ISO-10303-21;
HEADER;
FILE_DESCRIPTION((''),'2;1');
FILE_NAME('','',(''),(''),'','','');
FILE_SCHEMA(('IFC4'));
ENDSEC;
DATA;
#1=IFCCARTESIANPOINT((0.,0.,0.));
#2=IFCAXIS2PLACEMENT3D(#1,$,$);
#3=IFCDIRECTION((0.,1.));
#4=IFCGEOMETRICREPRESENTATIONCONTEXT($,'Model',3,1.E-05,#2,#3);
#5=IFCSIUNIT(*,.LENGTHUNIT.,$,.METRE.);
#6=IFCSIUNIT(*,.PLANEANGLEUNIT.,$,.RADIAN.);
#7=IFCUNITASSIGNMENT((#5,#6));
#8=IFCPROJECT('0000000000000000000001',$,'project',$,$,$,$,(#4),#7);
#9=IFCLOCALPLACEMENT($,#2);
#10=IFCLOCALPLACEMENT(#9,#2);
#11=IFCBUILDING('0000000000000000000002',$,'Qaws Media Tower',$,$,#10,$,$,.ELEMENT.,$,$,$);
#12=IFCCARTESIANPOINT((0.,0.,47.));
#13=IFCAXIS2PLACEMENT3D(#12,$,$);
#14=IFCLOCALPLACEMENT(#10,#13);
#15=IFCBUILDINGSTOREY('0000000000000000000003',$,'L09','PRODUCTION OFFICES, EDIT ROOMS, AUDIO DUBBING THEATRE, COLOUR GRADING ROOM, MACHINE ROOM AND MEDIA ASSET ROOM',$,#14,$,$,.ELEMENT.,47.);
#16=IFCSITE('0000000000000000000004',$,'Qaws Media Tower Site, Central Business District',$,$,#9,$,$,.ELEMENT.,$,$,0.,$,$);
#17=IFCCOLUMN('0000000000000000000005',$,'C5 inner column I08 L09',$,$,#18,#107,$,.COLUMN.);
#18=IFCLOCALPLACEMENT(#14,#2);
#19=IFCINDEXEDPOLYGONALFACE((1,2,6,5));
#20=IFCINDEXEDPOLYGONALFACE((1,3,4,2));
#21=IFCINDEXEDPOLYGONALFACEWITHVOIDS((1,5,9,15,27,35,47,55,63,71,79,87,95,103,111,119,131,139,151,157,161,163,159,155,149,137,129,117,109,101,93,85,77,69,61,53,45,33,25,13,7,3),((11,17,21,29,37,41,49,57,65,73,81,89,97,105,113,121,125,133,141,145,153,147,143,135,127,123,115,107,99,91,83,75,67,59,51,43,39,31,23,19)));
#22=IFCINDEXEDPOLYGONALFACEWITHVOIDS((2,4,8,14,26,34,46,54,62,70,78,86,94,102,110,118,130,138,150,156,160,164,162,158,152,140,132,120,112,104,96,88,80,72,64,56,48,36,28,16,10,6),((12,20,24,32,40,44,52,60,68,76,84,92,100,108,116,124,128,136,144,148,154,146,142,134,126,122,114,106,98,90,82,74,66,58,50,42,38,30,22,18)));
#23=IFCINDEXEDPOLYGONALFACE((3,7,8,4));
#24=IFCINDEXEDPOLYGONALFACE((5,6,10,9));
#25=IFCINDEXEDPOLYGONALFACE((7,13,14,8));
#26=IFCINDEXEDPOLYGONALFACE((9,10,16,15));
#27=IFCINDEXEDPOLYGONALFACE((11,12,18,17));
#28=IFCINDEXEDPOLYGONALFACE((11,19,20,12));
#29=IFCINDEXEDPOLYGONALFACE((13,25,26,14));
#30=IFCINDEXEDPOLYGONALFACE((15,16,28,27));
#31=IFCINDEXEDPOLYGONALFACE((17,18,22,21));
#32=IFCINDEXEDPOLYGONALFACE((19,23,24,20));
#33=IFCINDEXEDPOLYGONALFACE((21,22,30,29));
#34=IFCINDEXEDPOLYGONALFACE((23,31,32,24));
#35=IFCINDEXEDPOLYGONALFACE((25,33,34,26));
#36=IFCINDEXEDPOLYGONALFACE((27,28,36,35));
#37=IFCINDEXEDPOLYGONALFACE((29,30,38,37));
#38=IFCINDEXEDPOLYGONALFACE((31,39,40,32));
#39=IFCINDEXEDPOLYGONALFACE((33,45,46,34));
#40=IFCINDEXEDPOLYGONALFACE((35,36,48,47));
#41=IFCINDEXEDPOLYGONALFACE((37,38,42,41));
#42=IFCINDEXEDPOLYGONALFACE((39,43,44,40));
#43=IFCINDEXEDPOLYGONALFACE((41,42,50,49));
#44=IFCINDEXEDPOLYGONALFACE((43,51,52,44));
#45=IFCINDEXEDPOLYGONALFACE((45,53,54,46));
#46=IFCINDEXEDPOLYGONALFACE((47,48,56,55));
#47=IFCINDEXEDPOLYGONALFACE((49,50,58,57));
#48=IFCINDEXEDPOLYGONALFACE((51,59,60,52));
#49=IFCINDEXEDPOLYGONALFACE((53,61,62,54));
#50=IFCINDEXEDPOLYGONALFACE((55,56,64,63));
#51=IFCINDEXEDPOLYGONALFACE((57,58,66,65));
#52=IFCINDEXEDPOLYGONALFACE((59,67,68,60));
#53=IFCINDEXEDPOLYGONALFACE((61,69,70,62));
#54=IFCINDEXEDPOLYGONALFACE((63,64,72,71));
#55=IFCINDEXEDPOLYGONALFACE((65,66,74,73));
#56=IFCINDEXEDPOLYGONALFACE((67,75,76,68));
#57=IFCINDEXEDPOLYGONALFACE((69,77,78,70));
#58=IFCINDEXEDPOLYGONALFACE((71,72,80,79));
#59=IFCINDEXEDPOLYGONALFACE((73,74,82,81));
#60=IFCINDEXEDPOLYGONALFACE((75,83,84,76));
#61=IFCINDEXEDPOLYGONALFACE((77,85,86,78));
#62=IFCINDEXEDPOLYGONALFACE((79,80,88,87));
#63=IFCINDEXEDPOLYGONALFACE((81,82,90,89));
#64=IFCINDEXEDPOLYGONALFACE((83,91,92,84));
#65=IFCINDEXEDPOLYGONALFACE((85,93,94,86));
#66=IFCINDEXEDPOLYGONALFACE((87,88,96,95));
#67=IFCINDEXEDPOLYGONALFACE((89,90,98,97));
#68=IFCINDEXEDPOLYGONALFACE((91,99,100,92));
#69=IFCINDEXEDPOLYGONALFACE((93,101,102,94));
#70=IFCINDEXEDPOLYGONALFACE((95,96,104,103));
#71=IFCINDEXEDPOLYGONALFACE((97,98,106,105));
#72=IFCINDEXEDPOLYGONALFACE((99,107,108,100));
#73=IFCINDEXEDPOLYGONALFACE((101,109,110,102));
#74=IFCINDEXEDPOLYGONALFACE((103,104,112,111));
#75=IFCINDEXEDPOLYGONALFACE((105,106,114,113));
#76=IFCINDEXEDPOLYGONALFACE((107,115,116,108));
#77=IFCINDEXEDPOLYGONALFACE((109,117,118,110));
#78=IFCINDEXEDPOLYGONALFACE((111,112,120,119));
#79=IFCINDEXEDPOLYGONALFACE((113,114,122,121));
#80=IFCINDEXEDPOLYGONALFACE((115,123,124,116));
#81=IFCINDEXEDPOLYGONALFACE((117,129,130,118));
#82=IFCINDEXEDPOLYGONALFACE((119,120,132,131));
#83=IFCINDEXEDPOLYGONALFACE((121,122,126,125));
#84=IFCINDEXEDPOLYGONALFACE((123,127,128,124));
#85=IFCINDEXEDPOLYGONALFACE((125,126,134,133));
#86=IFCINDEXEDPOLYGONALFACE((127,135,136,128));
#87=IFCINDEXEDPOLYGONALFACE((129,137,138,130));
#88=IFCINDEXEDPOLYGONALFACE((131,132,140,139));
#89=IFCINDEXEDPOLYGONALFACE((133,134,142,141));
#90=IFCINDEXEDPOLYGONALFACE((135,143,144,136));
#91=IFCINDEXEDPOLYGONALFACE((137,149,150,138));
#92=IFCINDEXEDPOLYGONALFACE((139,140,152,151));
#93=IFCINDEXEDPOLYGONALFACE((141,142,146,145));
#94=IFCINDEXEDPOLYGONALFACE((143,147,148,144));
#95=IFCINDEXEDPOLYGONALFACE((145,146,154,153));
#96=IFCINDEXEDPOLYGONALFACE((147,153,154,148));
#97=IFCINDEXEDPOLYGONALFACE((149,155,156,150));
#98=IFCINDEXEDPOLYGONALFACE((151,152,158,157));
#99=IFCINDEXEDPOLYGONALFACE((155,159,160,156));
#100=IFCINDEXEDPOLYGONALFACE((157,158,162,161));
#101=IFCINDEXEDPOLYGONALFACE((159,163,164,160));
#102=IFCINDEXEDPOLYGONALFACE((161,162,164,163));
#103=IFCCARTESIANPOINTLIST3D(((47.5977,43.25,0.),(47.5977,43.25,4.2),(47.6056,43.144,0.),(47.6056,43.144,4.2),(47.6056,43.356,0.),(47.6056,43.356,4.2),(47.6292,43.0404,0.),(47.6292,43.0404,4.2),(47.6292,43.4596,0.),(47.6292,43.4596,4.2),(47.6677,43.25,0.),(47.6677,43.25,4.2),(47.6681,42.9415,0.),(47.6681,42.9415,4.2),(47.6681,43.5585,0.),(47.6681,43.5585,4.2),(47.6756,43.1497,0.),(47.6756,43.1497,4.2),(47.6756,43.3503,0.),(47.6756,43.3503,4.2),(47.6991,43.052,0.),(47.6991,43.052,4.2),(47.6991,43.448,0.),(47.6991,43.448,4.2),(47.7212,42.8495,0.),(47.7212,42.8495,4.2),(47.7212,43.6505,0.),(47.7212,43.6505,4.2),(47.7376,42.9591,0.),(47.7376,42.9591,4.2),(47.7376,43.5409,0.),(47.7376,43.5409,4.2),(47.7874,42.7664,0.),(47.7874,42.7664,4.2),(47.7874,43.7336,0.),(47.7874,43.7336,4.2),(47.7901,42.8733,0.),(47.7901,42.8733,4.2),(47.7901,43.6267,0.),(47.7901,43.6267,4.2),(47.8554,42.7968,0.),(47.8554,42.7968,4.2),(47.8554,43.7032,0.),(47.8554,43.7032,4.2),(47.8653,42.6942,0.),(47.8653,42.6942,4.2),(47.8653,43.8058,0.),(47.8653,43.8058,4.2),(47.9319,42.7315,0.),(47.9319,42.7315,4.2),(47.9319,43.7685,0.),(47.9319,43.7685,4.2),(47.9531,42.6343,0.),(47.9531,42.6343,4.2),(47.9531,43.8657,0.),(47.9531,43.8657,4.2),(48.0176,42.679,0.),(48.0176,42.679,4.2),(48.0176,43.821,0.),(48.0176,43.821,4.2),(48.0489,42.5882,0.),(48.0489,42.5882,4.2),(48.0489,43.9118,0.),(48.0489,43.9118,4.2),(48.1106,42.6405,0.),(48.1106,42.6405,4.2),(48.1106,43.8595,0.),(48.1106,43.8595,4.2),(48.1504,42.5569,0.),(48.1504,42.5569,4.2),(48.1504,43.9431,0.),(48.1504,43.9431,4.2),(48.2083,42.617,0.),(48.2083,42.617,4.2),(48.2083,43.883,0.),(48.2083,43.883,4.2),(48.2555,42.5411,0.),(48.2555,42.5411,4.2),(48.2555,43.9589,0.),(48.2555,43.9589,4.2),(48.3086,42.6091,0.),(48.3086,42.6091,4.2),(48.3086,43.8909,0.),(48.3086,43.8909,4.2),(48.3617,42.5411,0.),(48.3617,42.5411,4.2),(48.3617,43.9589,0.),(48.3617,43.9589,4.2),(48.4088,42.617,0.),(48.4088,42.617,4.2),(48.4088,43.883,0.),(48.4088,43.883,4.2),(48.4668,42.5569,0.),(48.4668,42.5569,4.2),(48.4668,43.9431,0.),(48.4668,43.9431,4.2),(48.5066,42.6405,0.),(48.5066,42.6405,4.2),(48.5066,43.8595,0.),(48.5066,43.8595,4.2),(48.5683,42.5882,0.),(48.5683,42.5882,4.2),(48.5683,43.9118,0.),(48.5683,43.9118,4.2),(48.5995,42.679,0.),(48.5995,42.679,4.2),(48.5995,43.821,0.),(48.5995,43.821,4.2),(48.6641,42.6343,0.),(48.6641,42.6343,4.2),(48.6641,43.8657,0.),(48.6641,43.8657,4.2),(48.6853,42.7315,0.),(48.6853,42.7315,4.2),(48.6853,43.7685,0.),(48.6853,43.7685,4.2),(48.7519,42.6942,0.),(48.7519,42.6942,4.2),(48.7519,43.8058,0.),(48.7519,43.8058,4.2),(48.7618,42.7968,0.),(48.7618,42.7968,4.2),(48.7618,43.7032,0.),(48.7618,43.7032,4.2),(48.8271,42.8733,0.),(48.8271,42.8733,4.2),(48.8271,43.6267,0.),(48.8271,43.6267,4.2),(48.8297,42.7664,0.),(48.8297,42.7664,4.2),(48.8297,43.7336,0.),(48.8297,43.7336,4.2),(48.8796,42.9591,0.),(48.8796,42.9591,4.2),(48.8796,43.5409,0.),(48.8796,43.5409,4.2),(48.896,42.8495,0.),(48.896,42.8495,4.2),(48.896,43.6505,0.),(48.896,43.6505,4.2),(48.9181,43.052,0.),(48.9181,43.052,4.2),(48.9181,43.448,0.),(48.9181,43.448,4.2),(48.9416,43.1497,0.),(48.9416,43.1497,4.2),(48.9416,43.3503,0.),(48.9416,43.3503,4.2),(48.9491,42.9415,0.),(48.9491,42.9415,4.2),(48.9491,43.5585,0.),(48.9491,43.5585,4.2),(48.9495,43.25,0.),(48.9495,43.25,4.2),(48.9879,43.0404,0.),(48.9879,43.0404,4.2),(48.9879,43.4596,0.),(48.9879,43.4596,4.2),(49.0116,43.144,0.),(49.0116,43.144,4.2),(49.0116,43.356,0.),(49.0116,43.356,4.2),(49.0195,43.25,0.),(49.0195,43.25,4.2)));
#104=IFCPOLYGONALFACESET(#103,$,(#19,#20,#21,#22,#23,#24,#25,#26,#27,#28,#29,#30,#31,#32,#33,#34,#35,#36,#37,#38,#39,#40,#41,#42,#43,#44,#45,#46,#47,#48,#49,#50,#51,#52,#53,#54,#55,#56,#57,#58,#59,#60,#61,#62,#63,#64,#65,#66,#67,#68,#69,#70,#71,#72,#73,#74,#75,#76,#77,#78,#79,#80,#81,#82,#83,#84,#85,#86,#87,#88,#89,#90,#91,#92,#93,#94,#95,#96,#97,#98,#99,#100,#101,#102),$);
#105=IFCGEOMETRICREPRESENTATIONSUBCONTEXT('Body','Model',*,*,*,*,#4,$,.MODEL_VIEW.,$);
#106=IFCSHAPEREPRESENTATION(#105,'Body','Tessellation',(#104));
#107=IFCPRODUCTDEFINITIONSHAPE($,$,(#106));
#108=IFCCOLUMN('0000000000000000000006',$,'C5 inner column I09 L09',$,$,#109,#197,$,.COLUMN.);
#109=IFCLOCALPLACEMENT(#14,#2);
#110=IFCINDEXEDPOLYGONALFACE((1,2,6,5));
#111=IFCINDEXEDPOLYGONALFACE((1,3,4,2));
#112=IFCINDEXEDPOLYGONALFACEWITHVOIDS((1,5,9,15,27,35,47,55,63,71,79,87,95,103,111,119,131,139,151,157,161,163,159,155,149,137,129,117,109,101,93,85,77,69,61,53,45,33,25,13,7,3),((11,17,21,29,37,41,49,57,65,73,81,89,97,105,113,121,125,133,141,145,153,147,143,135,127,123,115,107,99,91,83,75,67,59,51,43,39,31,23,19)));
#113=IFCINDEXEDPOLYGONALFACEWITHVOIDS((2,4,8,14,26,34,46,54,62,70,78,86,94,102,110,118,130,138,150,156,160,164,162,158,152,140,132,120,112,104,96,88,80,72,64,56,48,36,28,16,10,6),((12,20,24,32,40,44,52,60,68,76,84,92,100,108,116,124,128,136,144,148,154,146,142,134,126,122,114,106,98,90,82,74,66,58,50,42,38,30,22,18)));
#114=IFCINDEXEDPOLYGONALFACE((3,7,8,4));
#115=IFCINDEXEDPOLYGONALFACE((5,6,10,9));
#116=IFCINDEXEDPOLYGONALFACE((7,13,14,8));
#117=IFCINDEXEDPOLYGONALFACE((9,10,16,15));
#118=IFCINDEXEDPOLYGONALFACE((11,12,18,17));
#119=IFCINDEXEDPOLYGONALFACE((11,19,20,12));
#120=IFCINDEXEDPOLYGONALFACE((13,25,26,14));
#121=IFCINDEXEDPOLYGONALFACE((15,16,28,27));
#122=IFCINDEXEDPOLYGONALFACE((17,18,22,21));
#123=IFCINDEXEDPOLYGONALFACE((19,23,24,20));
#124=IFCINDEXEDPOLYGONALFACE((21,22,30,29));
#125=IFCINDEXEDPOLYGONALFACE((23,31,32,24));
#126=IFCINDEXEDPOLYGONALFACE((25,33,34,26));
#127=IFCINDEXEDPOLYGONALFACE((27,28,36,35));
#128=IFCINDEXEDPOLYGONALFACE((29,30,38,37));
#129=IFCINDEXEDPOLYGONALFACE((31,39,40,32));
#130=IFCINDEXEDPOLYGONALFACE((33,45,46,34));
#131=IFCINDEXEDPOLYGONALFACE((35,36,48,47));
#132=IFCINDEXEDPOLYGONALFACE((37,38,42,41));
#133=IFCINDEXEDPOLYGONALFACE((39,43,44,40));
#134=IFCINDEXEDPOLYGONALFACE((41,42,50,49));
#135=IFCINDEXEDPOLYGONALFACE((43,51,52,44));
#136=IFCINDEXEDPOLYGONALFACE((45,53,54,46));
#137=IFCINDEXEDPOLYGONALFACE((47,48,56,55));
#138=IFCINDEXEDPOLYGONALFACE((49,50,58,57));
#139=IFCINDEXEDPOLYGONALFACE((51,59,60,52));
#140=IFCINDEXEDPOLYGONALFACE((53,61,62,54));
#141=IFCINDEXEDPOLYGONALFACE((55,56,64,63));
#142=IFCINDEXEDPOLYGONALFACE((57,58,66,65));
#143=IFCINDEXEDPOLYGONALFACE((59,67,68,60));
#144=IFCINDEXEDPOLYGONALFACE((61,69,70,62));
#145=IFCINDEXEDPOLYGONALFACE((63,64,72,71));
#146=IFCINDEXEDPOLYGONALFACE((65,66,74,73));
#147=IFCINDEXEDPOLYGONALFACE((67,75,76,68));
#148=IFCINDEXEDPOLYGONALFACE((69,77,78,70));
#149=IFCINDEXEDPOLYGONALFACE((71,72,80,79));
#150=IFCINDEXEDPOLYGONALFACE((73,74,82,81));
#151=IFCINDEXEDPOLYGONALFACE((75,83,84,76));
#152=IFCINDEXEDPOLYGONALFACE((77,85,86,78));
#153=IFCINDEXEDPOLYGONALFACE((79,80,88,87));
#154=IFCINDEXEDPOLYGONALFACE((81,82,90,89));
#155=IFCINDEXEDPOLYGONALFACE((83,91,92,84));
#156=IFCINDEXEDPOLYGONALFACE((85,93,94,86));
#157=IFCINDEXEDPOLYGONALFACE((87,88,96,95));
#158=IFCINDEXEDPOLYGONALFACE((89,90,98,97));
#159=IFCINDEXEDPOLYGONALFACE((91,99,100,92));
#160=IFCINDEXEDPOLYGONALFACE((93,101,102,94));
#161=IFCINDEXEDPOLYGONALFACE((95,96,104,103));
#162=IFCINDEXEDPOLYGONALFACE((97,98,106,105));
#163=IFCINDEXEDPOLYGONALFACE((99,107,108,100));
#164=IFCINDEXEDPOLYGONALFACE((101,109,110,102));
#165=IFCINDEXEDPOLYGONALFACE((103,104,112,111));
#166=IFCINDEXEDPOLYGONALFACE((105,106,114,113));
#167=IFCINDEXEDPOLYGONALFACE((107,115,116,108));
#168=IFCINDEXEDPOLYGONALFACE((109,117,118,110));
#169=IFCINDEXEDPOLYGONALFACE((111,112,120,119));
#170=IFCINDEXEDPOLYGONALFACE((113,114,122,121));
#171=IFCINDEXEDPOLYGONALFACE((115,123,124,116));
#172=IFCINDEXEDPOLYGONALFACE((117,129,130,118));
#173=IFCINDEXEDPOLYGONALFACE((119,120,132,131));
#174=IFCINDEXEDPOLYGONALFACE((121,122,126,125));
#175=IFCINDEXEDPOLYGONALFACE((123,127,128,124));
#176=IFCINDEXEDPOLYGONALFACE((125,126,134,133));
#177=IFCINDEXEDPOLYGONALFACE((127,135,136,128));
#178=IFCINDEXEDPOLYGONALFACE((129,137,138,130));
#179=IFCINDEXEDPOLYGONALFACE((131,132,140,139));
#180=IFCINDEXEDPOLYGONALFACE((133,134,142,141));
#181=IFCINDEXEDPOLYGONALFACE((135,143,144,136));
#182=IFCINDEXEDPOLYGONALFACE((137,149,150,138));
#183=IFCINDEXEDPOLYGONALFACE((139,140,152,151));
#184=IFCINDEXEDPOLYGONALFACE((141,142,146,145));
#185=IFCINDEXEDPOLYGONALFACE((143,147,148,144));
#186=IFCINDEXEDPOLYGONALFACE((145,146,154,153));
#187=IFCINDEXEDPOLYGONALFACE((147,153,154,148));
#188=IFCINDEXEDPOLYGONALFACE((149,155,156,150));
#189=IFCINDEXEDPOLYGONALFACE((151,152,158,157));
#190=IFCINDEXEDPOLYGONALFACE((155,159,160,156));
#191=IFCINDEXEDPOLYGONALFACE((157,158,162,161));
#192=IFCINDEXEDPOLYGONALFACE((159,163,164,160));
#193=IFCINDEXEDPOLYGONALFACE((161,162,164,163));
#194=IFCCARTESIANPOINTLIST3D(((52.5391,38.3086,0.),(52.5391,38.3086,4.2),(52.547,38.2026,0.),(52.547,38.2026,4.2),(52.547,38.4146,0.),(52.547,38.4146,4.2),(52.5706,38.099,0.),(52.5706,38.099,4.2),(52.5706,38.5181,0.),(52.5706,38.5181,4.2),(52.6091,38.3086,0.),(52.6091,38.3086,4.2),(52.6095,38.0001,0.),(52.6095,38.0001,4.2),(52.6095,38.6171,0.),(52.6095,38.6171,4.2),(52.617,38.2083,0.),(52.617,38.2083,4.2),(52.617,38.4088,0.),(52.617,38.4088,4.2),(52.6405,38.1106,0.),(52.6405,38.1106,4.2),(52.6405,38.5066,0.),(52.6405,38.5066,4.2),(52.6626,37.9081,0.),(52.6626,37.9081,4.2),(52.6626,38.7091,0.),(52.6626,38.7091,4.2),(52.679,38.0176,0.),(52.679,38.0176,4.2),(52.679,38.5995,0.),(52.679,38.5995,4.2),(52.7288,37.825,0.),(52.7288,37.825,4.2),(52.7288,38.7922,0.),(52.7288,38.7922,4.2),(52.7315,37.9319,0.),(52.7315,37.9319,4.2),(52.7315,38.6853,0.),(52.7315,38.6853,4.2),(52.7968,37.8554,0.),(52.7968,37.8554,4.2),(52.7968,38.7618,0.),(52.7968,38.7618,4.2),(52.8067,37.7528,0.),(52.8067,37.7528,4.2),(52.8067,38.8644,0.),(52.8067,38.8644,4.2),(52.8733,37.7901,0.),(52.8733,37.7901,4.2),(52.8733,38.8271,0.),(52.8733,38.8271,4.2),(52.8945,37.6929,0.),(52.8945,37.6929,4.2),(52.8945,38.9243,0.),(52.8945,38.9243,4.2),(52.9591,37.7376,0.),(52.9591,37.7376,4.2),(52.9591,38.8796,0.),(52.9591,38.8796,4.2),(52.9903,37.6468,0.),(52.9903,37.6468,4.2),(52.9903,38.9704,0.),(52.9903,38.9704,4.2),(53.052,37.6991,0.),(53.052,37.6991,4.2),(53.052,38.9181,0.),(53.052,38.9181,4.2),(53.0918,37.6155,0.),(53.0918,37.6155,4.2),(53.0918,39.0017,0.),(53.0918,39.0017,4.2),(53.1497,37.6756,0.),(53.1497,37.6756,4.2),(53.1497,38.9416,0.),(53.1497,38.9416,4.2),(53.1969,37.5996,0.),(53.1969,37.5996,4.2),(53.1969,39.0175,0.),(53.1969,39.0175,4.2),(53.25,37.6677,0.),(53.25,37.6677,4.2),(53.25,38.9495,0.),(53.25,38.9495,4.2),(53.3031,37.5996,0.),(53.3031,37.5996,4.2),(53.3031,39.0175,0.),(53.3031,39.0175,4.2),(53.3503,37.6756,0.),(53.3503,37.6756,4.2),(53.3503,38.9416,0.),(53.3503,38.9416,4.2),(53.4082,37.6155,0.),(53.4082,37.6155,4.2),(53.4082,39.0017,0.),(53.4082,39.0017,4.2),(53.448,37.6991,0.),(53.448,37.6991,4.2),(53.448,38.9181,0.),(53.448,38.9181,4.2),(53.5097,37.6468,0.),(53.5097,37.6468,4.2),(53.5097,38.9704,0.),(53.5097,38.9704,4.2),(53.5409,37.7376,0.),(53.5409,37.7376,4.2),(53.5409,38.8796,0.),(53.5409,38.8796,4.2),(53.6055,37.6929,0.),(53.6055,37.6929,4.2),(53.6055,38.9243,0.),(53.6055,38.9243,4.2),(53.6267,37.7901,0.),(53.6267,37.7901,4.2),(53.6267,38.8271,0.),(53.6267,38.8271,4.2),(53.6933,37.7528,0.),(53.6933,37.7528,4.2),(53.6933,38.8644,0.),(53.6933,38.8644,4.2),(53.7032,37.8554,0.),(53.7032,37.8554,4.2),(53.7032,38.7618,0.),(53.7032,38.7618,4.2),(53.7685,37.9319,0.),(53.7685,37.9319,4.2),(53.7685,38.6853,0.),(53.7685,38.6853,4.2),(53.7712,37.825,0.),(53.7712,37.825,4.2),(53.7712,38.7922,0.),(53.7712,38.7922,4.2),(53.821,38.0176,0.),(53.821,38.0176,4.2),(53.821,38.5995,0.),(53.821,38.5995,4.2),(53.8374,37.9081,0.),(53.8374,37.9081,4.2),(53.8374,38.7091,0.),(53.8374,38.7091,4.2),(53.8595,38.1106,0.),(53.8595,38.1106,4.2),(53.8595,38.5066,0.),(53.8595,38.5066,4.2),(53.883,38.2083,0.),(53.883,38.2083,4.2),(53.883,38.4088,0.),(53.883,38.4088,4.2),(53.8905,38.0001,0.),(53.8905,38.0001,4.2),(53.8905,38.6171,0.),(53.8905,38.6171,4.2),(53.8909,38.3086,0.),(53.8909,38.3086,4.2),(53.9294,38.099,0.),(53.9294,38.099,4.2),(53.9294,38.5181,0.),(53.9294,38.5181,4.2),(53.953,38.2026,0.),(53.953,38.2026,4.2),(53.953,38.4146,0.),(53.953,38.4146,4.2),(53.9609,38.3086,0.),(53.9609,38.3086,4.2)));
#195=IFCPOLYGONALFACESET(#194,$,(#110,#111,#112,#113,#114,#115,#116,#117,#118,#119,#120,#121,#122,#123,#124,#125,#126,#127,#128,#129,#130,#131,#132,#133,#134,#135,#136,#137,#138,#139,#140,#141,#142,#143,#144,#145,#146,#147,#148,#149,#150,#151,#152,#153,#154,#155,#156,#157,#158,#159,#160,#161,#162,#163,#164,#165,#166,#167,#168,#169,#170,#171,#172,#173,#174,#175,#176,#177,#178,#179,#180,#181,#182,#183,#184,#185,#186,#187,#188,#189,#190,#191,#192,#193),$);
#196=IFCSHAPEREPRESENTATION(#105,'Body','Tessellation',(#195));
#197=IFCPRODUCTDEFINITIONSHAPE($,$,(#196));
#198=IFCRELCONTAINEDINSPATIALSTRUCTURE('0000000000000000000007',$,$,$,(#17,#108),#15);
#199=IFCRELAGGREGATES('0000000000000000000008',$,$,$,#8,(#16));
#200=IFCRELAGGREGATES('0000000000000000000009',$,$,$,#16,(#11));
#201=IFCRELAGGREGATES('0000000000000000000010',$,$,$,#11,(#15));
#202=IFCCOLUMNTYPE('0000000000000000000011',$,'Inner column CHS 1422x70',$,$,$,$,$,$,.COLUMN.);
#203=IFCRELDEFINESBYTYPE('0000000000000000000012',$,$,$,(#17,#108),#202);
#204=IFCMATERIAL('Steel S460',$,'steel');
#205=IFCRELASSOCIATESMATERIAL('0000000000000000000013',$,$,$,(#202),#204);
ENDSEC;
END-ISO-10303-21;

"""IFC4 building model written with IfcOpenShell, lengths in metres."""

from ifc_helpers import new_model, si_unit, direction, frame, origin, origin_2d, place, context, subcontext, project, spatial, hollow_circle, extrude, material, material_profile, profile_set, type_object, element, save


model = new_model("IFC4")

# Units and contexts
model_context = context("Model", 3, precision=1e-05, world=origin(), true_north=direction((0.0, 1.0)))
body_context = subcontext(model_context, "Body", "Model", "MODEL_VIEW")
ifc_project = project(units=[si_unit("LENGTHUNIT", "METRE"), si_unit("PLANEANGLEUNIT", "RADIAN")], contexts=[model_context])

# Site, building, storey
site_placement = place(None, origin())
site = spatial("IfcSite", under=ifc_project, at=site_placement, Name="Qaws Media Tower Site, Central Business District", CompositionType="ELEMENT", RefElevation=0.0)
building_placement = place(site_placement, origin())
building = spatial("IfcBuilding", under=site, at=building_placement, Name="Qaws Media Tower", CompositionType="ELEMENT")
storey_placement = place(building_placement, frame((0.0, 0.0, 47.0)))
storey = spatial("IfcBuildingStorey", under=building, at=storey_placement, Name="L09", Description="PRODUCTION OFFICES, EDIT ROOMS, AUDIO DUBBING THEATRE, COLOUR GRADING ROOM, MACHINE ROOM AND MEDIA ASSET ROOM", CompositionType="ELEMENT", Elevation=47.0)

# Columns
ifc_material_1 = material(Name="Steel S460", Category="steel")
ifc_material_profile_1 = material_profile(ifc_material_1, hollow_circle(Radius=0.7109, WallThickness=0.0701, at=origin_2d()), Name="CHS 1422x70")
ifc_profile_set_1 = profile_set([ifc_material_profile_1], Name="Steel S460")
column_type = type_object("IfcColumnType", Name="Inner column CHS 1422x70", PredefinedType="COLUMN", material=ifc_profile_set_1)
for number, where, z_axis, x_axis, name in (
    (1, (48.3086, 43.25, 0.0), (0.0, 0.0, 1.0), (1.0, 0.0, 0.0), "C5 inner column I08 L09"),
    (2, (53.25, 38.3086, 0.0), (0.0, 0.0, 1.0), (1.0, 0.0, 0.0), "C5 inner column I09 L09"),
):
    element("IfcColumn", number, at=place(storey_placement, frame(where, z_axis=z_axis, x_axis=x_axis)), inside=storey, type_object=column_type, Name=name, PredefinedType="COLUMN", context=body_context, shape_type="SweptSolid", body=[
        extrude(hollow_circle(Radius=0.7109, WallThickness=0.0701, at=origin_2d()), origin(), (0.0, 0.0, 1.0), 4.2),
    ])

save(model, "model.ifc")
